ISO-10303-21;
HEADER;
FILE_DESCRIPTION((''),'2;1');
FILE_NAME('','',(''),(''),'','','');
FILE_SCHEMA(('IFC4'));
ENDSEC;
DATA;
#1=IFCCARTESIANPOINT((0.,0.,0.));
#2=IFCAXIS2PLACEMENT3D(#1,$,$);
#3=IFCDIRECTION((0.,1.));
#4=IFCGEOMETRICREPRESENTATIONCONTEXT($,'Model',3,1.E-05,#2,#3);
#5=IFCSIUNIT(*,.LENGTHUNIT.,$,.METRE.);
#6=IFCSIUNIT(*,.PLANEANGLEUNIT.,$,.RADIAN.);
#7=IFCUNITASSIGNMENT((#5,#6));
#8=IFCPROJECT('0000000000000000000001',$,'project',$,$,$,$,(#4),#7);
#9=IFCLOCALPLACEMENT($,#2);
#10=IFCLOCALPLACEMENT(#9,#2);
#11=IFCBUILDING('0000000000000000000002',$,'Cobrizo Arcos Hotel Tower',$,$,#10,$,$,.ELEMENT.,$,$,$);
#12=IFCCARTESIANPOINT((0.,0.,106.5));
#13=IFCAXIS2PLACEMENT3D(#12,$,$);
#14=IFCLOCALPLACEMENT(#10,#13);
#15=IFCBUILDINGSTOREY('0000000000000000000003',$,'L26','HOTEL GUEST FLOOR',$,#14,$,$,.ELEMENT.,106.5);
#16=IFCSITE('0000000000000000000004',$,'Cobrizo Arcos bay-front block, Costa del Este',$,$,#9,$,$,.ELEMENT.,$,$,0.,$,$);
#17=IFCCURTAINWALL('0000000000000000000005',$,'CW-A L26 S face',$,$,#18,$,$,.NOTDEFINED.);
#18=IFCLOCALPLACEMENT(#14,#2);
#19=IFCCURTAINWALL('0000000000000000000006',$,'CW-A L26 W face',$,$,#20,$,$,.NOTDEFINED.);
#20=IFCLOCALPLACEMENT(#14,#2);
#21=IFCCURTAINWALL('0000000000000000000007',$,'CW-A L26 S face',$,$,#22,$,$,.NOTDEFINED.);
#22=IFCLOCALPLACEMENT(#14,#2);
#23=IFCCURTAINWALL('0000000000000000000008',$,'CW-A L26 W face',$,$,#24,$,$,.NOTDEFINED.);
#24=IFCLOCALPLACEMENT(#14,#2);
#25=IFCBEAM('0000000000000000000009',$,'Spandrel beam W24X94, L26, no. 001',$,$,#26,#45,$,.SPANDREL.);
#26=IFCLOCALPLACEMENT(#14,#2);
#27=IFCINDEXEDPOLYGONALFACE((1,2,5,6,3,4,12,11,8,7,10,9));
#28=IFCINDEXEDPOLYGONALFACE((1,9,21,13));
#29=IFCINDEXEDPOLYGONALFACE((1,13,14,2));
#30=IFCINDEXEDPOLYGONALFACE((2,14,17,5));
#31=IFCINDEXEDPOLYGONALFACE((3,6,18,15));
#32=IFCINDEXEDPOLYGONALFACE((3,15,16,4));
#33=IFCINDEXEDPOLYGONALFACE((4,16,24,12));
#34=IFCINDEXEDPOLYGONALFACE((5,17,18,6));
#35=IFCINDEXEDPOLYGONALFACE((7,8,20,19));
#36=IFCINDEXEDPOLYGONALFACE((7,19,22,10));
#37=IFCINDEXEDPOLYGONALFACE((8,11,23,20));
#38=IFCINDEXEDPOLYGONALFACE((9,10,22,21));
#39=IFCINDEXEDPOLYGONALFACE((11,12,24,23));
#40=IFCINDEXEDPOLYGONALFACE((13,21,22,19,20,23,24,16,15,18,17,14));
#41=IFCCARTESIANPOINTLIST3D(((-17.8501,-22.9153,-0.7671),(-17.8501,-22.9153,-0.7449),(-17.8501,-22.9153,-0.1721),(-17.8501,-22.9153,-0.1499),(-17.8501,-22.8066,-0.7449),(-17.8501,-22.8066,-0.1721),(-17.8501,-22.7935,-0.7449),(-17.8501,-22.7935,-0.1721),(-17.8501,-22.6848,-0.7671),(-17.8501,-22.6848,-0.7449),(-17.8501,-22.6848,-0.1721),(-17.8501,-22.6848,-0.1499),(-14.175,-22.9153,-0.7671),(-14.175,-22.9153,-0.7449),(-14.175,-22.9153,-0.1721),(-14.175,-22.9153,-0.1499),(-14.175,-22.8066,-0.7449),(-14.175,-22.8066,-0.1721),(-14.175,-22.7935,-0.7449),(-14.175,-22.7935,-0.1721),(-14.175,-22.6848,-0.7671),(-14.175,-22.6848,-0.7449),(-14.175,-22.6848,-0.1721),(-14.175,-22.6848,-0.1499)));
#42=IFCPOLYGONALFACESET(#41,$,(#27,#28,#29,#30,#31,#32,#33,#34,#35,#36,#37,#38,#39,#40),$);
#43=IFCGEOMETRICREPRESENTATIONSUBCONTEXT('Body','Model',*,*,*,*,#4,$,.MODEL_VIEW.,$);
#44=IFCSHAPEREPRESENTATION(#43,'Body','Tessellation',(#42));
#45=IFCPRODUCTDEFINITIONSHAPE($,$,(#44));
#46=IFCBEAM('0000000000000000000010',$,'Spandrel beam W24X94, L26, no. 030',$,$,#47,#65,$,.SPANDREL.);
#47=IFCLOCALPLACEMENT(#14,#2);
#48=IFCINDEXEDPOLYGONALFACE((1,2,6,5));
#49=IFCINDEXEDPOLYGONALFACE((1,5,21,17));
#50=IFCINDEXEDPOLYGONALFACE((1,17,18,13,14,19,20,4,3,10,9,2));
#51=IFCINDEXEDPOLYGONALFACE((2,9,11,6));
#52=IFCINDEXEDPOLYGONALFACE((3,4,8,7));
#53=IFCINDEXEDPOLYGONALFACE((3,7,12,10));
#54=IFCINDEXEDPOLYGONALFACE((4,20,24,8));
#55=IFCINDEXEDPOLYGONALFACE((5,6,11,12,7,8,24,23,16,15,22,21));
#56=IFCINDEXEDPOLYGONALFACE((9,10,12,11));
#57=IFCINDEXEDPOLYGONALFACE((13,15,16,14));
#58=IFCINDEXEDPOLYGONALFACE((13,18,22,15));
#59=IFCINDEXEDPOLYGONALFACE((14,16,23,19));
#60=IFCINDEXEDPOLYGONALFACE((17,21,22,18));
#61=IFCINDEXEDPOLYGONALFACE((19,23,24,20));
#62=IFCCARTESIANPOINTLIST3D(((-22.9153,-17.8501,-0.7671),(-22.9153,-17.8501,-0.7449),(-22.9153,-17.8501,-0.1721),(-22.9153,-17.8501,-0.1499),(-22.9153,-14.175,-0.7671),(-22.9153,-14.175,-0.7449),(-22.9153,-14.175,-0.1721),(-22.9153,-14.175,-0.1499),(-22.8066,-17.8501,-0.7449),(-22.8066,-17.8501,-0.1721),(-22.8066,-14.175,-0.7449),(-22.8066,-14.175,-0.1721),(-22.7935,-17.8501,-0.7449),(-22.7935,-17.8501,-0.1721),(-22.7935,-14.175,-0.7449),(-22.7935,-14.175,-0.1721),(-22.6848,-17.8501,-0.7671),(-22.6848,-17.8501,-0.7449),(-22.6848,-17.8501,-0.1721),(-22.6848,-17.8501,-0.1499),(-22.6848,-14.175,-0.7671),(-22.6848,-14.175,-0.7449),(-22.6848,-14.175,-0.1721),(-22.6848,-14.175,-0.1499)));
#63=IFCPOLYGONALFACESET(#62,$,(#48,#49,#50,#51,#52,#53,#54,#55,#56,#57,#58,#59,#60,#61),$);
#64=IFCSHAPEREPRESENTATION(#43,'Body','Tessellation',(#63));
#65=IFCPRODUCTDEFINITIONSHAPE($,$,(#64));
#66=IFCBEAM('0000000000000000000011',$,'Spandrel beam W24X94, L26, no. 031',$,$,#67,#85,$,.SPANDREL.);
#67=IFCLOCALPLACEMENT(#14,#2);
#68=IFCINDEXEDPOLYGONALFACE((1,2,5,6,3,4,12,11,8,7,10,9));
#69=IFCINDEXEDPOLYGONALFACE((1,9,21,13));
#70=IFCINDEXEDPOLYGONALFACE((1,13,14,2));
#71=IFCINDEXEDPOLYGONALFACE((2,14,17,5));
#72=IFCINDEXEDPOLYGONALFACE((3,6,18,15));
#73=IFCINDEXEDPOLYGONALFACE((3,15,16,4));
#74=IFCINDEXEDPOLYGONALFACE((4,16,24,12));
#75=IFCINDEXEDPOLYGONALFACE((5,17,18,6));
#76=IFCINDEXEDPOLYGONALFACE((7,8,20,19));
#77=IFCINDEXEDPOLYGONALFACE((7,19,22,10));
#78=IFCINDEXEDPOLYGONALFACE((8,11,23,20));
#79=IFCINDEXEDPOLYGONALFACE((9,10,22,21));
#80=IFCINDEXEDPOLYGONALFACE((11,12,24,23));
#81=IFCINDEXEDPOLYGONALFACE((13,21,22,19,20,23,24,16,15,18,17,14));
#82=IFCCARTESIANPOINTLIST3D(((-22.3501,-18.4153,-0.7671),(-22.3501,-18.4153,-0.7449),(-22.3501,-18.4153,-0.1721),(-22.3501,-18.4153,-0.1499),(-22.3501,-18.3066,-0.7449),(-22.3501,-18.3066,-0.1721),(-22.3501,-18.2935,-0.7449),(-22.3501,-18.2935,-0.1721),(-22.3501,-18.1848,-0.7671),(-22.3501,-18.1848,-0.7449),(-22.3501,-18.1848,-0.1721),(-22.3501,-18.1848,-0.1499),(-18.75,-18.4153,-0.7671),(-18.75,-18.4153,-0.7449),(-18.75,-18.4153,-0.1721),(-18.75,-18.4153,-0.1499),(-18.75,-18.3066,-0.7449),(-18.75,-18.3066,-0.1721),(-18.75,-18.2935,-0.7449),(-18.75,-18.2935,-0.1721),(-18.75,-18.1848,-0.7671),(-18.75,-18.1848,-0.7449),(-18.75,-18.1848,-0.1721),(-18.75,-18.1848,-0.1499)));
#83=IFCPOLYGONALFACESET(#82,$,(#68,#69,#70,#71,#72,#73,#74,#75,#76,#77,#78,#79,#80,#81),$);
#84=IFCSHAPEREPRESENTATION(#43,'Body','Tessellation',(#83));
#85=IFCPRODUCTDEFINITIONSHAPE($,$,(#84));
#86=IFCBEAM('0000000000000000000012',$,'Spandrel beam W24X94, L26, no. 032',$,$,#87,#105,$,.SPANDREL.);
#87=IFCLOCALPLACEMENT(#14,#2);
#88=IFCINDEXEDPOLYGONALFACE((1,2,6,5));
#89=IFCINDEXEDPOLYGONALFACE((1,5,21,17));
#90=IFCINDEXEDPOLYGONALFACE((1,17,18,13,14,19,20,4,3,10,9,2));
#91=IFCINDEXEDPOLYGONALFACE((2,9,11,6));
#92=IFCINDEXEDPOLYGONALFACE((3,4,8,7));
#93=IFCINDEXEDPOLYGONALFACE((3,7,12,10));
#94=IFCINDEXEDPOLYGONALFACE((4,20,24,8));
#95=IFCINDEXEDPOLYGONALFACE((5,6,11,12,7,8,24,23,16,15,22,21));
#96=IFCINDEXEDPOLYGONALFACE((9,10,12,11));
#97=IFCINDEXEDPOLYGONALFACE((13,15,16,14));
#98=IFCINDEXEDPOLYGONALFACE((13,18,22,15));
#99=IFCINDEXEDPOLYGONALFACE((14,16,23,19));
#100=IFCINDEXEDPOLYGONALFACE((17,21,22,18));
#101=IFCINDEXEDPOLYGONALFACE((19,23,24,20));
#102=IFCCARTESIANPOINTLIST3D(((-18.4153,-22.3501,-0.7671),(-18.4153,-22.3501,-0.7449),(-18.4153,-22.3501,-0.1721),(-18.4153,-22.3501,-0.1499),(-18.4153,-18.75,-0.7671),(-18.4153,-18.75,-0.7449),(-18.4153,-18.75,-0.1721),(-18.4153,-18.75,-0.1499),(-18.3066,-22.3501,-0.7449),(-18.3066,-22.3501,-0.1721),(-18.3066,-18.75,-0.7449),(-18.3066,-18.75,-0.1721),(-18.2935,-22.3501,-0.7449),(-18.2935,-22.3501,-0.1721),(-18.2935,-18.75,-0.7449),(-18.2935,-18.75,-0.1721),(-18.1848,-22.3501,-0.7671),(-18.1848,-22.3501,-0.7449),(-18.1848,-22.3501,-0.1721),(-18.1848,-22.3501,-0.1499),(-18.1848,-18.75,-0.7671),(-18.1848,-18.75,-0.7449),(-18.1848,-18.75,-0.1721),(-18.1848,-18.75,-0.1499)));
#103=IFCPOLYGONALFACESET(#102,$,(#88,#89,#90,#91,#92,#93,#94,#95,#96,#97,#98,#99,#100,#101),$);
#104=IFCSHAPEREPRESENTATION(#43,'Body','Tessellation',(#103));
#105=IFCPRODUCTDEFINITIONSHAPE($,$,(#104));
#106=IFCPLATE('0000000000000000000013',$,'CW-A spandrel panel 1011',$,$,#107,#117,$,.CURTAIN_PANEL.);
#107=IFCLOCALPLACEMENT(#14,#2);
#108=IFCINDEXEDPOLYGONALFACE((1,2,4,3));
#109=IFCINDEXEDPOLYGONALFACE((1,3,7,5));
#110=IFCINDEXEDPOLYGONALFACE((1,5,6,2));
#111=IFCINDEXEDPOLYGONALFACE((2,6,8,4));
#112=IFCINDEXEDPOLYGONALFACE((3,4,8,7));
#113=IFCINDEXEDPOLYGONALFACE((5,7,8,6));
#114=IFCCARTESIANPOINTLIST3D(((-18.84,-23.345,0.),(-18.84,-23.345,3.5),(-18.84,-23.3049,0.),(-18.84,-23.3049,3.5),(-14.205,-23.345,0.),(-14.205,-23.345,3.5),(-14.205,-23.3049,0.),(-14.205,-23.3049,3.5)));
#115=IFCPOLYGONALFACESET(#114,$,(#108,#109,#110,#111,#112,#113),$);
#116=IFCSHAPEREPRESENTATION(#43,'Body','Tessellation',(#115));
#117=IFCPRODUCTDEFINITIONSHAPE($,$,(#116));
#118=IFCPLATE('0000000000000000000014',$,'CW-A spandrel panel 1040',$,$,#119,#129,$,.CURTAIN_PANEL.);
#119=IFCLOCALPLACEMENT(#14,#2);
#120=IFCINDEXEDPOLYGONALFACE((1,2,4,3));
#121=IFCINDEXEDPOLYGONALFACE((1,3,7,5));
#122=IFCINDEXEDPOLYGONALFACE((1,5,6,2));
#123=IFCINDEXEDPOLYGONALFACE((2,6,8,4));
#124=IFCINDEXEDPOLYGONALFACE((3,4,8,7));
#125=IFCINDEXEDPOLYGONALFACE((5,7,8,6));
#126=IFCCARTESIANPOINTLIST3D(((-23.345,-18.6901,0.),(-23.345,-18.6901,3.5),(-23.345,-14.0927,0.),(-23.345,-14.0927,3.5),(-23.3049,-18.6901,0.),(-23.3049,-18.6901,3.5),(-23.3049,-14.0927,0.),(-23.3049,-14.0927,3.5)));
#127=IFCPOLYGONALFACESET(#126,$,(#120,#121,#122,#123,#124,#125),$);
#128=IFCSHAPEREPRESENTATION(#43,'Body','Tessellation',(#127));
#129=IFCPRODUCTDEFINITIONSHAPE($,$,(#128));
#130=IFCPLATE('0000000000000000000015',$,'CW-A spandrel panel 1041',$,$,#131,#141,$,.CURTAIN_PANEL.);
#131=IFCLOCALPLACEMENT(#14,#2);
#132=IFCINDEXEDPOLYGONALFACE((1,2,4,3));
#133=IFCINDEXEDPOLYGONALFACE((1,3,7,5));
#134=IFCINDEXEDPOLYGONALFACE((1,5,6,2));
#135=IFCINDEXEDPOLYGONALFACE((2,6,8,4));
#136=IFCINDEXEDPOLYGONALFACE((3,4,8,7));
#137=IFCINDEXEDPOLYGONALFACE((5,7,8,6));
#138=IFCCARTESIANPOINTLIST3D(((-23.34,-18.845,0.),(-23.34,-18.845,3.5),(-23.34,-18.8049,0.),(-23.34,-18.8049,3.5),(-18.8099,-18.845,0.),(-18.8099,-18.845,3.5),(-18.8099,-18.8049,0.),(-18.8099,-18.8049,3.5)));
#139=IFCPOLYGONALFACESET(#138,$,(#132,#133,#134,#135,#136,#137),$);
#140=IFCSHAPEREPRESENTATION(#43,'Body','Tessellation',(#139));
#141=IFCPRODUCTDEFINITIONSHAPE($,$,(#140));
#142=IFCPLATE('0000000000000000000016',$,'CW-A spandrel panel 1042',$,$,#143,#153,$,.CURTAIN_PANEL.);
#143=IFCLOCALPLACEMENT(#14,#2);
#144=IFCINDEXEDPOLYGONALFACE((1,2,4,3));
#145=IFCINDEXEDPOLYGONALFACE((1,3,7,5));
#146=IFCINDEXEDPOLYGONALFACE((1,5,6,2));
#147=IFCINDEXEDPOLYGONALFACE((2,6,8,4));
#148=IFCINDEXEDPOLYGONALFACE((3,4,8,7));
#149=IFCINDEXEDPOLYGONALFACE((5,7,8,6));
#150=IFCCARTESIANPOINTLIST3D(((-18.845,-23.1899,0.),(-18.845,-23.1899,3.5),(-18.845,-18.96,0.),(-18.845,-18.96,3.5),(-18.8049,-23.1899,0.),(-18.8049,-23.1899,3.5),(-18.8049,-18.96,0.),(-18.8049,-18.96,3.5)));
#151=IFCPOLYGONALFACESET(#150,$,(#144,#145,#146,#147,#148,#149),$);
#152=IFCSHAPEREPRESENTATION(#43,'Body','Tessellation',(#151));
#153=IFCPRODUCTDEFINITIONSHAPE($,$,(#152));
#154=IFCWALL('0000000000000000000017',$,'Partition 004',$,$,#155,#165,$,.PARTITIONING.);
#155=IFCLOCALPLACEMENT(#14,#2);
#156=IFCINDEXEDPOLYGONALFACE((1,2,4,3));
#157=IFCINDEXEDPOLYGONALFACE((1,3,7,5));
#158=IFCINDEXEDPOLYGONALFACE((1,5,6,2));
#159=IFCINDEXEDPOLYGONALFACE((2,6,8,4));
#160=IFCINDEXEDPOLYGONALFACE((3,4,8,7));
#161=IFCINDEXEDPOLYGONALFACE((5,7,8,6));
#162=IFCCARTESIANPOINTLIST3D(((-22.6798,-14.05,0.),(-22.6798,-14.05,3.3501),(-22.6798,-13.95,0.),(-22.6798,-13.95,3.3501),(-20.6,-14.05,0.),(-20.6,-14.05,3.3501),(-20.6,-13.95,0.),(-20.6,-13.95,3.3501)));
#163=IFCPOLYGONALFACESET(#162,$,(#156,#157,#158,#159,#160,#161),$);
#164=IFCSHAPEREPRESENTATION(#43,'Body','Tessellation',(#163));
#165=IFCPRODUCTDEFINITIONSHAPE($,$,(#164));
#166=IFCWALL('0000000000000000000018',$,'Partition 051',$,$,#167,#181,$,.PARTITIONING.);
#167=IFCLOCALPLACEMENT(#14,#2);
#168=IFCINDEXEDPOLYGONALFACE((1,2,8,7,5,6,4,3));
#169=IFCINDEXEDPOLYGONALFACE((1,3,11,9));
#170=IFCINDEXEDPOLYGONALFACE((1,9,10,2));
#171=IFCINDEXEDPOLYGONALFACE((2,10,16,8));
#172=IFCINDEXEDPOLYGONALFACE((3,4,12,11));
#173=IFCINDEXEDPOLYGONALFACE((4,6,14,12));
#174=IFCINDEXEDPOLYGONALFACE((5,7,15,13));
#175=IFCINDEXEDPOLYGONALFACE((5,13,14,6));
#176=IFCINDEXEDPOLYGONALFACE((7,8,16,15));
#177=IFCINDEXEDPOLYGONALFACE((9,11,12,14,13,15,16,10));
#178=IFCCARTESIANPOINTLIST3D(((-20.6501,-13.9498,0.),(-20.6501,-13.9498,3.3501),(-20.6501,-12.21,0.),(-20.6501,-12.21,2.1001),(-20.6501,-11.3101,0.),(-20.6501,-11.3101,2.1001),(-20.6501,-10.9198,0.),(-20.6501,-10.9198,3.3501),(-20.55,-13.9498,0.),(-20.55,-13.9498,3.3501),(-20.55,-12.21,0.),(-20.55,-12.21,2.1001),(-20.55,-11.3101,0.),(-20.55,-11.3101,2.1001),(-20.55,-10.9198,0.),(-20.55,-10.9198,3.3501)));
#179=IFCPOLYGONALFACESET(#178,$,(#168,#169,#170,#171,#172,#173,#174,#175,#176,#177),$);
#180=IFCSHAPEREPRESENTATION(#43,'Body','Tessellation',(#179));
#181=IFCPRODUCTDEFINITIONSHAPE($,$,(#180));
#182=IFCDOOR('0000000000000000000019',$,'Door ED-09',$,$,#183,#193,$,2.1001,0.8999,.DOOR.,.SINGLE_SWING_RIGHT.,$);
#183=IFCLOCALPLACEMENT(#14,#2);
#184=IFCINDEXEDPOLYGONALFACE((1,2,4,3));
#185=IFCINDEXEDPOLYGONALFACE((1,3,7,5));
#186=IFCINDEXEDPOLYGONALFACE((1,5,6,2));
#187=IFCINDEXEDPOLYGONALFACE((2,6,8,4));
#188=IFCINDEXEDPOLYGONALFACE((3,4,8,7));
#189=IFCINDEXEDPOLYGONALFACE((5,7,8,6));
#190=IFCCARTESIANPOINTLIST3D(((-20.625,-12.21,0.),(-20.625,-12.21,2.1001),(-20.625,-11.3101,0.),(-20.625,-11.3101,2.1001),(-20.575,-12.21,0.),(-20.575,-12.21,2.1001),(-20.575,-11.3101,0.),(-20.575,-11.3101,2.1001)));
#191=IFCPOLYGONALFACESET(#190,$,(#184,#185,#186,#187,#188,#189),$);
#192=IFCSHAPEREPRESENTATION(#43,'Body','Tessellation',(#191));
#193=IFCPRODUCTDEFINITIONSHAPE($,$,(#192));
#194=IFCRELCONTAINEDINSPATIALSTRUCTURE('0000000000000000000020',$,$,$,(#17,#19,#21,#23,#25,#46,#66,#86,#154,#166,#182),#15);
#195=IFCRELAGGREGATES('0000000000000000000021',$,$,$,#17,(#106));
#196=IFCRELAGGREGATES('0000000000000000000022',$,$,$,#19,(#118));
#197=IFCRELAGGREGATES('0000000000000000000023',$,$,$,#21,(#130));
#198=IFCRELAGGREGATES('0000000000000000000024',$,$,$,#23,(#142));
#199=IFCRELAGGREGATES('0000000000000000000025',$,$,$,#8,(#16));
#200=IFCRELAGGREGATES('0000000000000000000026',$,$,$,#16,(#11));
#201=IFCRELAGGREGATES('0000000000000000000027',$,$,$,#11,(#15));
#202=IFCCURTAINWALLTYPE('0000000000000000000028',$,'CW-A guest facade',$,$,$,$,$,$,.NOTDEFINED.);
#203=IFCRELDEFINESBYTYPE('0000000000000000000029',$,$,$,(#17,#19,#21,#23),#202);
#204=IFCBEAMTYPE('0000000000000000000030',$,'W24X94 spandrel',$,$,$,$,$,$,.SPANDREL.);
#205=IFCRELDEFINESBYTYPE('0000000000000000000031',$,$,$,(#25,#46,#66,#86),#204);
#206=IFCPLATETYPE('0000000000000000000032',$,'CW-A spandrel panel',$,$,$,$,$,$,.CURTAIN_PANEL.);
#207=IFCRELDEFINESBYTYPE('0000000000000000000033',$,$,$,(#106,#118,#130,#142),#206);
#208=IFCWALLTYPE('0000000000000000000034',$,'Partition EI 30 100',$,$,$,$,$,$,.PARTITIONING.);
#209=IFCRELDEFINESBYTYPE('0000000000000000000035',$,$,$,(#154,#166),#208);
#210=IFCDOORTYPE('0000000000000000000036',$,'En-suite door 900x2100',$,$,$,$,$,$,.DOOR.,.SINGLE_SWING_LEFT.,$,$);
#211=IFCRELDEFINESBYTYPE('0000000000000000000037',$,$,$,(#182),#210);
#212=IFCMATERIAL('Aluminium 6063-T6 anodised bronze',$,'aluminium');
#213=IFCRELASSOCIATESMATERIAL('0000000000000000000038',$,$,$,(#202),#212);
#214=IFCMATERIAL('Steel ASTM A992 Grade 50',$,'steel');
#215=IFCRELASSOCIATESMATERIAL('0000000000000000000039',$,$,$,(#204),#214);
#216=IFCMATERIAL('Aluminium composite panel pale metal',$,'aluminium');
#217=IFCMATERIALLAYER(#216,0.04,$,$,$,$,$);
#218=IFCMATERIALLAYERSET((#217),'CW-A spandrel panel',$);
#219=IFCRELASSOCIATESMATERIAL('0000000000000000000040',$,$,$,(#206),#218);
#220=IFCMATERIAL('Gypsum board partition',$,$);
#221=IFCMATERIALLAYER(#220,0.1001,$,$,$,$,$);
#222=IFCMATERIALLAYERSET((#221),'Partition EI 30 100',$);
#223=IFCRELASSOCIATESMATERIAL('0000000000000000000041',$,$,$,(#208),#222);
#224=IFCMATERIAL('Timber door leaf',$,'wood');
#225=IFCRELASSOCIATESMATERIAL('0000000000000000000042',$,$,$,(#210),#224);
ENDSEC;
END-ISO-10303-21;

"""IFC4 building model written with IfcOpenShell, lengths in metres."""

from ifc_helpers import new_model, si_unit, direction, frame, frame_2d, origin, origin_2d, place, context, subcontext, project, spatial, rectangle, i_section, extrude, material, layer, layer_set, material_profile, profile_set, type_object, element, fill, aggregate, save


model = new_model("IFC4")

# Units and contexts
model_context = context("Model", 3, precision=1e-05, world=origin(), true_north=direction((0.0, 1.0)))
body_context = subcontext(model_context, "Body", "Model", "MODEL_VIEW")
ifc_project = project(units=[si_unit("LENGTHUNIT", "METRE"), si_unit("PLANEANGLEUNIT", "RADIAN")], contexts=[model_context])

# Site, building, storey
site_placement = place(None, origin())
site = spatial("IfcSite", under=ifc_project, at=site_placement, Name="Cobrizo Arcos bay-front block, Costa del Este", CompositionType="ELEMENT", RefElevation=0.0)
building_placement = place(site_placement, origin())
building = spatial("IfcBuilding", under=site, at=building_placement, Name="Cobrizo Arcos Hotel Tower", CompositionType="ELEMENT")
storey_placement = place(building_placement, frame((0.0, 0.0, 106.5)))
storey = spatial("IfcBuildingStorey", under=building, at=storey_placement, Name="L26", Description="HOTEL GUEST FLOOR", CompositionType="ELEMENT", Elevation=106.5)

# Curtain wall
ifc_material_1 = material(Name="Aluminium 6063-T6 anodised bronze", Category="aluminium")
curtain_wall_type = type_object("IfcCurtainWallType", Name="CW-A guest facade", PredefinedType="NOTDEFINED", material=ifc_material_1)
curtain_wall_1_placement = place(storey_placement, origin())
curtain_wall_1 = element("IfcCurtainWall", 1, at=curtain_wall_1_placement, inside=storey, type_object=curtain_wall_type, Name="CW-A L26 S face", PredefinedType="NOTDEFINED")

# Curtain walls
curtain_wall_2_placement = place(storey_placement, origin())
curtain_wall_2 = element("IfcCurtainWall", 2, at=curtain_wall_2_placement, inside=storey, type_object=curtain_wall_type, Name="CW-A L26 W face", PredefinedType="NOTDEFINED")
curtain_wall_3_placement = place(storey_placement, origin())
curtain_wall_3 = element("IfcCurtainWall", 3, at=curtain_wall_3_placement, inside=storey, type_object=curtain_wall_type, Name="CW-A L26 S face", PredefinedType="NOTDEFINED")
curtain_wall_4_placement = place(storey_placement, origin())
curtain_wall_4 = element("IfcCurtainWall", 4, at=curtain_wall_4_placement, inside=storey, type_object=curtain_wall_type, Name="CW-A L26 W face", PredefinedType="NOTDEFINED")

# Beams
ifc_material_2 = material(Name="Steel ASTM A992 Grade 50", Category="steel")
ifc_material_profile_1 = material_profile(ifc_material_2, i_section(OverallWidth=0.2305, OverallDepth=0.6172, WebThickness=0.0132, FlangeThickness=0.0222, at=origin_2d()), Name="W24X94")
ifc_profile_set_1 = profile_set([ifc_material_profile_1], Name="Steel ASTM A992 Grade 50")
beam_type_1 = type_object("IfcBeamType", Name="W24X94 spandrel", PredefinedType="SPANDREL", material=ifc_profile_set_1)
for number, where, z_axis, x_axis, name in (
    (5, (-17.8501, -22.8, -0.4585), (1.0, 0.0, 0.0), (0.0, 1.0, 0.0), "Spandrel beam W24X94, L26, no. 001"),
    (6, (-22.8, -14.175, -0.4585), (0.0, -1.0, 0.0), (1.0, 0.0, 0.0), "Spandrel beam W24X94, L26, no. 030"),
):
    element("IfcBeam", number, at=place(storey_placement, frame(where, z_axis=z_axis, x_axis=x_axis)), inside=storey, type_object=beam_type_1, Name=name, PredefinedType="SPANDREL", context=body_context, shape_type="SweptSolid", body=[
        extrude(i_section(OverallWidth=0.2305, OverallDepth=0.6172, WebThickness=0.0132, FlangeThickness=0.0222, at=origin_2d()), origin(), (0.0, 0.0, 1.0), 3.675),
    ])
for number, where, z_axis, x_axis, name in (
    (7, (-22.3501, -18.3, -0.4585), (1.0, 0.0, 0.0), (0.0, 1.0, 0.0), "Spandrel beam W24X94, L26, no. 031"),
    (8, (-18.3, -18.75, -0.4585), (0.0, -1.0, 0.0), (1.0, 0.0, 0.0), "Spandrel beam W24X94, L26, no. 032"),
):
    element("IfcBeam", number, at=place(storey_placement, frame(where, z_axis=z_axis, x_axis=x_axis)), inside=storey, type_object=beam_type_1, Name=name, PredefinedType="SPANDREL", context=body_context, shape_type="SweptSolid", body=[
        extrude(i_section(OverallWidth=0.2305, OverallDepth=0.6172, WebThickness=0.0132, FlangeThickness=0.0222, at=origin_2d()), origin(), (0.0, 0.0, 1.0), 3.6001),
    ])

# Plates
ifc_material_3 = material(Name="Aluminium composite panel pale metal", Category="aluminium")
ifc_layer_1 = layer(ifc_material_3, 0.04)
ifc_layer_set_1 = layer_set([ifc_layer_1], Name="CW-A spandrel panel")
plate_type = type_object("IfcPlateType", Name="CW-A spandrel panel", PredefinedType="CURTAIN_PANEL", material=ifc_layer_set_1)
plate_1_placement = place(storey_placement, frame((-16.5225, -23.325, 0.0), z_axis=(0.0, 0.0, 1.0), x_axis=(1.0, 0.0, 0.0)))
plate_1 = element("IfcPlate", 9, at=plate_1_placement, type_object=plate_type, Name="CW-A spandrel panel 1011", PredefinedType="CURTAIN_PANEL", context=body_context, shape_type="SweptSolid", body=[
    extrude(rectangle(XDim=4.635, YDim=0.04, at=origin_2d()), origin(), (0.0, 0.0, 1.0), 3.5),
])
aggregate(curtain_wall_1, [plate_1])
plate_2_placement = place(storey_placement, frame((-23.325, -16.3914, 0.0), z_axis=(0.0, 0.0, 1.0), x_axis=(0.0, -1.0, 0.0)))
plate_2 = element("IfcPlate", 10, at=plate_2_placement, type_object=plate_type, Name="CW-A spandrel panel 1040", PredefinedType="CURTAIN_PANEL", context=body_context, shape_type="SweptSolid", body=[
    extrude(rectangle(XDim=4.5974, YDim=0.04, at=origin_2d()), origin(), (0.0, 0.0, 1.0), 3.5),
])
aggregate(curtain_wall_2, [plate_2])
plate_3_placement = place(storey_placement, frame((-21.075, -18.825, 0.0), z_axis=(0.0, 0.0, 1.0), x_axis=(1.0, 0.0, 0.0)))
plate_3 = element("IfcPlate", 11, at=plate_3_placement, type_object=plate_type, Name="CW-A spandrel panel 1041", PredefinedType="CURTAIN_PANEL", context=body_context, shape_type="SweptSolid", body=[
    extrude(rectangle(XDim=4.53, YDim=0.04, at=origin_2d()), origin(), (0.0, 0.0, 1.0), 3.5),
])
aggregate(curtain_wall_3, [plate_3])
plate_4_placement = place(storey_placement, frame((-18.825, -21.075, 0.0), z_axis=(0.0, 0.0, 1.0), x_axis=(0.0, -1.0, 0.0)))
plate_4 = element("IfcPlate", 12, at=plate_4_placement, type_object=plate_type, Name="CW-A spandrel panel 1042", PredefinedType="CURTAIN_PANEL", context=body_context, shape_type="SweptSolid", body=[
    extrude(rectangle(XDim=4.23, YDim=0.04, at=origin_2d()), origin(), (0.0, 0.0, 1.0), 3.5),
])
aggregate(curtain_wall_4, [plate_4])

# Wall
ifc_material_4 = material(Name="Gypsum board partition")
ifc_layer_2 = layer(ifc_material_4, 0.1001)
ifc_layer_set_2 = layer_set([ifc_layer_2], Name="Partition EI 30 100")
wall_type = type_object("IfcWallType", Name="Partition EI 30 100", PredefinedType="PARTITIONING", material=ifc_layer_set_2)
wall_1_placement = place(storey_placement, frame((-22.6799, -14.0, 0.0), z_axis=(0.0, 0.0, 1.0), x_axis=(1.0, 0.0, 0.0)))
element("IfcWall", 13, at=wall_1_placement, inside=storey, type_object=wall_type, Name="Partition 004", PredefinedType="PARTITIONING", context=body_context, shape_type="SweptSolid", body=[
    extrude(rectangle(XDim=2.0798, YDim=0.1001, at=frame_2d((1.04, 0.0))), origin(), (0.0, 0.0, 1.0), 3.3501),
])

# Wall, opening, door
wall_2_placement = place(storey_placement, frame((-20.6001, -13.95, 0.0), z_axis=(0.0, 0.0, 1.0), x_axis=(0.0, 1.0, 0.0)))
wall_2 = element("IfcWall", 14, at=wall_2_placement, inside=storey, type_object=wall_type, Name="Partition 051", PredefinedType="PARTITIONING", context=body_context, shape_type="SweptSolid", body=[
    extrude(rectangle(XDim=3.03, YDim=0.1001, at=frame_2d((1.5151, 0.0))), origin(), (0.0, 0.0, 1.0), 3.3501),
])
opening_1_placement = place(wall_2_placement, frame((1.74, 0.0, 0.0)))
opening_1 = element("IfcOpeningElement", 15, at=opening_1_placement, cuts=wall_2, PredefinedType="OPENING", context=body_context, shape_type="SweptSolid", body=[
    extrude(rectangle(XDim=0.8999, YDim=2.1001, at=frame_2d((0.45, 1.05))), frame((0.0, 0.062, 0.0), z_axis=(0.0, -1.0, 0.0), x_axis=(1.0, 0.0, 0.0)), (0.0, 0.0, 1.0), 0.124),
])
ifc_material_5 = material(Name="Timber door leaf", Category="wood")
door_type_1 = type_object("IfcDoorType", Name="En-suite door 900x2100", OperationType="SINGLE_SWING_LEFT", PredefinedType="DOOR", material=ifc_material_5)
door_1_placement = place(opening_1_placement, origin())
door_1 = element("IfcDoor", 16, at=door_1_placement, inside=storey, type_object=door_type_1, Name="Door ED-09", OperationType="SINGLE_SWING_RIGHT", OverallHeight=2.1001, OverallWidth=0.8999, PredefinedType="DOOR", context=body_context, shape_type="SweptSolid", body=[
    extrude(rectangle(XDim=0.8999, YDim=2.1001, at=frame_2d((0.45, 1.05))), frame((0.0, 0.0249, 0.0), z_axis=(0.0, -1.0, 0.0), x_axis=(1.0, 0.0, 0.0)), (0.0, 0.0, 1.0), 0.05),
])
fill(opening_1, door_1)

save(model, "model.ifc")
